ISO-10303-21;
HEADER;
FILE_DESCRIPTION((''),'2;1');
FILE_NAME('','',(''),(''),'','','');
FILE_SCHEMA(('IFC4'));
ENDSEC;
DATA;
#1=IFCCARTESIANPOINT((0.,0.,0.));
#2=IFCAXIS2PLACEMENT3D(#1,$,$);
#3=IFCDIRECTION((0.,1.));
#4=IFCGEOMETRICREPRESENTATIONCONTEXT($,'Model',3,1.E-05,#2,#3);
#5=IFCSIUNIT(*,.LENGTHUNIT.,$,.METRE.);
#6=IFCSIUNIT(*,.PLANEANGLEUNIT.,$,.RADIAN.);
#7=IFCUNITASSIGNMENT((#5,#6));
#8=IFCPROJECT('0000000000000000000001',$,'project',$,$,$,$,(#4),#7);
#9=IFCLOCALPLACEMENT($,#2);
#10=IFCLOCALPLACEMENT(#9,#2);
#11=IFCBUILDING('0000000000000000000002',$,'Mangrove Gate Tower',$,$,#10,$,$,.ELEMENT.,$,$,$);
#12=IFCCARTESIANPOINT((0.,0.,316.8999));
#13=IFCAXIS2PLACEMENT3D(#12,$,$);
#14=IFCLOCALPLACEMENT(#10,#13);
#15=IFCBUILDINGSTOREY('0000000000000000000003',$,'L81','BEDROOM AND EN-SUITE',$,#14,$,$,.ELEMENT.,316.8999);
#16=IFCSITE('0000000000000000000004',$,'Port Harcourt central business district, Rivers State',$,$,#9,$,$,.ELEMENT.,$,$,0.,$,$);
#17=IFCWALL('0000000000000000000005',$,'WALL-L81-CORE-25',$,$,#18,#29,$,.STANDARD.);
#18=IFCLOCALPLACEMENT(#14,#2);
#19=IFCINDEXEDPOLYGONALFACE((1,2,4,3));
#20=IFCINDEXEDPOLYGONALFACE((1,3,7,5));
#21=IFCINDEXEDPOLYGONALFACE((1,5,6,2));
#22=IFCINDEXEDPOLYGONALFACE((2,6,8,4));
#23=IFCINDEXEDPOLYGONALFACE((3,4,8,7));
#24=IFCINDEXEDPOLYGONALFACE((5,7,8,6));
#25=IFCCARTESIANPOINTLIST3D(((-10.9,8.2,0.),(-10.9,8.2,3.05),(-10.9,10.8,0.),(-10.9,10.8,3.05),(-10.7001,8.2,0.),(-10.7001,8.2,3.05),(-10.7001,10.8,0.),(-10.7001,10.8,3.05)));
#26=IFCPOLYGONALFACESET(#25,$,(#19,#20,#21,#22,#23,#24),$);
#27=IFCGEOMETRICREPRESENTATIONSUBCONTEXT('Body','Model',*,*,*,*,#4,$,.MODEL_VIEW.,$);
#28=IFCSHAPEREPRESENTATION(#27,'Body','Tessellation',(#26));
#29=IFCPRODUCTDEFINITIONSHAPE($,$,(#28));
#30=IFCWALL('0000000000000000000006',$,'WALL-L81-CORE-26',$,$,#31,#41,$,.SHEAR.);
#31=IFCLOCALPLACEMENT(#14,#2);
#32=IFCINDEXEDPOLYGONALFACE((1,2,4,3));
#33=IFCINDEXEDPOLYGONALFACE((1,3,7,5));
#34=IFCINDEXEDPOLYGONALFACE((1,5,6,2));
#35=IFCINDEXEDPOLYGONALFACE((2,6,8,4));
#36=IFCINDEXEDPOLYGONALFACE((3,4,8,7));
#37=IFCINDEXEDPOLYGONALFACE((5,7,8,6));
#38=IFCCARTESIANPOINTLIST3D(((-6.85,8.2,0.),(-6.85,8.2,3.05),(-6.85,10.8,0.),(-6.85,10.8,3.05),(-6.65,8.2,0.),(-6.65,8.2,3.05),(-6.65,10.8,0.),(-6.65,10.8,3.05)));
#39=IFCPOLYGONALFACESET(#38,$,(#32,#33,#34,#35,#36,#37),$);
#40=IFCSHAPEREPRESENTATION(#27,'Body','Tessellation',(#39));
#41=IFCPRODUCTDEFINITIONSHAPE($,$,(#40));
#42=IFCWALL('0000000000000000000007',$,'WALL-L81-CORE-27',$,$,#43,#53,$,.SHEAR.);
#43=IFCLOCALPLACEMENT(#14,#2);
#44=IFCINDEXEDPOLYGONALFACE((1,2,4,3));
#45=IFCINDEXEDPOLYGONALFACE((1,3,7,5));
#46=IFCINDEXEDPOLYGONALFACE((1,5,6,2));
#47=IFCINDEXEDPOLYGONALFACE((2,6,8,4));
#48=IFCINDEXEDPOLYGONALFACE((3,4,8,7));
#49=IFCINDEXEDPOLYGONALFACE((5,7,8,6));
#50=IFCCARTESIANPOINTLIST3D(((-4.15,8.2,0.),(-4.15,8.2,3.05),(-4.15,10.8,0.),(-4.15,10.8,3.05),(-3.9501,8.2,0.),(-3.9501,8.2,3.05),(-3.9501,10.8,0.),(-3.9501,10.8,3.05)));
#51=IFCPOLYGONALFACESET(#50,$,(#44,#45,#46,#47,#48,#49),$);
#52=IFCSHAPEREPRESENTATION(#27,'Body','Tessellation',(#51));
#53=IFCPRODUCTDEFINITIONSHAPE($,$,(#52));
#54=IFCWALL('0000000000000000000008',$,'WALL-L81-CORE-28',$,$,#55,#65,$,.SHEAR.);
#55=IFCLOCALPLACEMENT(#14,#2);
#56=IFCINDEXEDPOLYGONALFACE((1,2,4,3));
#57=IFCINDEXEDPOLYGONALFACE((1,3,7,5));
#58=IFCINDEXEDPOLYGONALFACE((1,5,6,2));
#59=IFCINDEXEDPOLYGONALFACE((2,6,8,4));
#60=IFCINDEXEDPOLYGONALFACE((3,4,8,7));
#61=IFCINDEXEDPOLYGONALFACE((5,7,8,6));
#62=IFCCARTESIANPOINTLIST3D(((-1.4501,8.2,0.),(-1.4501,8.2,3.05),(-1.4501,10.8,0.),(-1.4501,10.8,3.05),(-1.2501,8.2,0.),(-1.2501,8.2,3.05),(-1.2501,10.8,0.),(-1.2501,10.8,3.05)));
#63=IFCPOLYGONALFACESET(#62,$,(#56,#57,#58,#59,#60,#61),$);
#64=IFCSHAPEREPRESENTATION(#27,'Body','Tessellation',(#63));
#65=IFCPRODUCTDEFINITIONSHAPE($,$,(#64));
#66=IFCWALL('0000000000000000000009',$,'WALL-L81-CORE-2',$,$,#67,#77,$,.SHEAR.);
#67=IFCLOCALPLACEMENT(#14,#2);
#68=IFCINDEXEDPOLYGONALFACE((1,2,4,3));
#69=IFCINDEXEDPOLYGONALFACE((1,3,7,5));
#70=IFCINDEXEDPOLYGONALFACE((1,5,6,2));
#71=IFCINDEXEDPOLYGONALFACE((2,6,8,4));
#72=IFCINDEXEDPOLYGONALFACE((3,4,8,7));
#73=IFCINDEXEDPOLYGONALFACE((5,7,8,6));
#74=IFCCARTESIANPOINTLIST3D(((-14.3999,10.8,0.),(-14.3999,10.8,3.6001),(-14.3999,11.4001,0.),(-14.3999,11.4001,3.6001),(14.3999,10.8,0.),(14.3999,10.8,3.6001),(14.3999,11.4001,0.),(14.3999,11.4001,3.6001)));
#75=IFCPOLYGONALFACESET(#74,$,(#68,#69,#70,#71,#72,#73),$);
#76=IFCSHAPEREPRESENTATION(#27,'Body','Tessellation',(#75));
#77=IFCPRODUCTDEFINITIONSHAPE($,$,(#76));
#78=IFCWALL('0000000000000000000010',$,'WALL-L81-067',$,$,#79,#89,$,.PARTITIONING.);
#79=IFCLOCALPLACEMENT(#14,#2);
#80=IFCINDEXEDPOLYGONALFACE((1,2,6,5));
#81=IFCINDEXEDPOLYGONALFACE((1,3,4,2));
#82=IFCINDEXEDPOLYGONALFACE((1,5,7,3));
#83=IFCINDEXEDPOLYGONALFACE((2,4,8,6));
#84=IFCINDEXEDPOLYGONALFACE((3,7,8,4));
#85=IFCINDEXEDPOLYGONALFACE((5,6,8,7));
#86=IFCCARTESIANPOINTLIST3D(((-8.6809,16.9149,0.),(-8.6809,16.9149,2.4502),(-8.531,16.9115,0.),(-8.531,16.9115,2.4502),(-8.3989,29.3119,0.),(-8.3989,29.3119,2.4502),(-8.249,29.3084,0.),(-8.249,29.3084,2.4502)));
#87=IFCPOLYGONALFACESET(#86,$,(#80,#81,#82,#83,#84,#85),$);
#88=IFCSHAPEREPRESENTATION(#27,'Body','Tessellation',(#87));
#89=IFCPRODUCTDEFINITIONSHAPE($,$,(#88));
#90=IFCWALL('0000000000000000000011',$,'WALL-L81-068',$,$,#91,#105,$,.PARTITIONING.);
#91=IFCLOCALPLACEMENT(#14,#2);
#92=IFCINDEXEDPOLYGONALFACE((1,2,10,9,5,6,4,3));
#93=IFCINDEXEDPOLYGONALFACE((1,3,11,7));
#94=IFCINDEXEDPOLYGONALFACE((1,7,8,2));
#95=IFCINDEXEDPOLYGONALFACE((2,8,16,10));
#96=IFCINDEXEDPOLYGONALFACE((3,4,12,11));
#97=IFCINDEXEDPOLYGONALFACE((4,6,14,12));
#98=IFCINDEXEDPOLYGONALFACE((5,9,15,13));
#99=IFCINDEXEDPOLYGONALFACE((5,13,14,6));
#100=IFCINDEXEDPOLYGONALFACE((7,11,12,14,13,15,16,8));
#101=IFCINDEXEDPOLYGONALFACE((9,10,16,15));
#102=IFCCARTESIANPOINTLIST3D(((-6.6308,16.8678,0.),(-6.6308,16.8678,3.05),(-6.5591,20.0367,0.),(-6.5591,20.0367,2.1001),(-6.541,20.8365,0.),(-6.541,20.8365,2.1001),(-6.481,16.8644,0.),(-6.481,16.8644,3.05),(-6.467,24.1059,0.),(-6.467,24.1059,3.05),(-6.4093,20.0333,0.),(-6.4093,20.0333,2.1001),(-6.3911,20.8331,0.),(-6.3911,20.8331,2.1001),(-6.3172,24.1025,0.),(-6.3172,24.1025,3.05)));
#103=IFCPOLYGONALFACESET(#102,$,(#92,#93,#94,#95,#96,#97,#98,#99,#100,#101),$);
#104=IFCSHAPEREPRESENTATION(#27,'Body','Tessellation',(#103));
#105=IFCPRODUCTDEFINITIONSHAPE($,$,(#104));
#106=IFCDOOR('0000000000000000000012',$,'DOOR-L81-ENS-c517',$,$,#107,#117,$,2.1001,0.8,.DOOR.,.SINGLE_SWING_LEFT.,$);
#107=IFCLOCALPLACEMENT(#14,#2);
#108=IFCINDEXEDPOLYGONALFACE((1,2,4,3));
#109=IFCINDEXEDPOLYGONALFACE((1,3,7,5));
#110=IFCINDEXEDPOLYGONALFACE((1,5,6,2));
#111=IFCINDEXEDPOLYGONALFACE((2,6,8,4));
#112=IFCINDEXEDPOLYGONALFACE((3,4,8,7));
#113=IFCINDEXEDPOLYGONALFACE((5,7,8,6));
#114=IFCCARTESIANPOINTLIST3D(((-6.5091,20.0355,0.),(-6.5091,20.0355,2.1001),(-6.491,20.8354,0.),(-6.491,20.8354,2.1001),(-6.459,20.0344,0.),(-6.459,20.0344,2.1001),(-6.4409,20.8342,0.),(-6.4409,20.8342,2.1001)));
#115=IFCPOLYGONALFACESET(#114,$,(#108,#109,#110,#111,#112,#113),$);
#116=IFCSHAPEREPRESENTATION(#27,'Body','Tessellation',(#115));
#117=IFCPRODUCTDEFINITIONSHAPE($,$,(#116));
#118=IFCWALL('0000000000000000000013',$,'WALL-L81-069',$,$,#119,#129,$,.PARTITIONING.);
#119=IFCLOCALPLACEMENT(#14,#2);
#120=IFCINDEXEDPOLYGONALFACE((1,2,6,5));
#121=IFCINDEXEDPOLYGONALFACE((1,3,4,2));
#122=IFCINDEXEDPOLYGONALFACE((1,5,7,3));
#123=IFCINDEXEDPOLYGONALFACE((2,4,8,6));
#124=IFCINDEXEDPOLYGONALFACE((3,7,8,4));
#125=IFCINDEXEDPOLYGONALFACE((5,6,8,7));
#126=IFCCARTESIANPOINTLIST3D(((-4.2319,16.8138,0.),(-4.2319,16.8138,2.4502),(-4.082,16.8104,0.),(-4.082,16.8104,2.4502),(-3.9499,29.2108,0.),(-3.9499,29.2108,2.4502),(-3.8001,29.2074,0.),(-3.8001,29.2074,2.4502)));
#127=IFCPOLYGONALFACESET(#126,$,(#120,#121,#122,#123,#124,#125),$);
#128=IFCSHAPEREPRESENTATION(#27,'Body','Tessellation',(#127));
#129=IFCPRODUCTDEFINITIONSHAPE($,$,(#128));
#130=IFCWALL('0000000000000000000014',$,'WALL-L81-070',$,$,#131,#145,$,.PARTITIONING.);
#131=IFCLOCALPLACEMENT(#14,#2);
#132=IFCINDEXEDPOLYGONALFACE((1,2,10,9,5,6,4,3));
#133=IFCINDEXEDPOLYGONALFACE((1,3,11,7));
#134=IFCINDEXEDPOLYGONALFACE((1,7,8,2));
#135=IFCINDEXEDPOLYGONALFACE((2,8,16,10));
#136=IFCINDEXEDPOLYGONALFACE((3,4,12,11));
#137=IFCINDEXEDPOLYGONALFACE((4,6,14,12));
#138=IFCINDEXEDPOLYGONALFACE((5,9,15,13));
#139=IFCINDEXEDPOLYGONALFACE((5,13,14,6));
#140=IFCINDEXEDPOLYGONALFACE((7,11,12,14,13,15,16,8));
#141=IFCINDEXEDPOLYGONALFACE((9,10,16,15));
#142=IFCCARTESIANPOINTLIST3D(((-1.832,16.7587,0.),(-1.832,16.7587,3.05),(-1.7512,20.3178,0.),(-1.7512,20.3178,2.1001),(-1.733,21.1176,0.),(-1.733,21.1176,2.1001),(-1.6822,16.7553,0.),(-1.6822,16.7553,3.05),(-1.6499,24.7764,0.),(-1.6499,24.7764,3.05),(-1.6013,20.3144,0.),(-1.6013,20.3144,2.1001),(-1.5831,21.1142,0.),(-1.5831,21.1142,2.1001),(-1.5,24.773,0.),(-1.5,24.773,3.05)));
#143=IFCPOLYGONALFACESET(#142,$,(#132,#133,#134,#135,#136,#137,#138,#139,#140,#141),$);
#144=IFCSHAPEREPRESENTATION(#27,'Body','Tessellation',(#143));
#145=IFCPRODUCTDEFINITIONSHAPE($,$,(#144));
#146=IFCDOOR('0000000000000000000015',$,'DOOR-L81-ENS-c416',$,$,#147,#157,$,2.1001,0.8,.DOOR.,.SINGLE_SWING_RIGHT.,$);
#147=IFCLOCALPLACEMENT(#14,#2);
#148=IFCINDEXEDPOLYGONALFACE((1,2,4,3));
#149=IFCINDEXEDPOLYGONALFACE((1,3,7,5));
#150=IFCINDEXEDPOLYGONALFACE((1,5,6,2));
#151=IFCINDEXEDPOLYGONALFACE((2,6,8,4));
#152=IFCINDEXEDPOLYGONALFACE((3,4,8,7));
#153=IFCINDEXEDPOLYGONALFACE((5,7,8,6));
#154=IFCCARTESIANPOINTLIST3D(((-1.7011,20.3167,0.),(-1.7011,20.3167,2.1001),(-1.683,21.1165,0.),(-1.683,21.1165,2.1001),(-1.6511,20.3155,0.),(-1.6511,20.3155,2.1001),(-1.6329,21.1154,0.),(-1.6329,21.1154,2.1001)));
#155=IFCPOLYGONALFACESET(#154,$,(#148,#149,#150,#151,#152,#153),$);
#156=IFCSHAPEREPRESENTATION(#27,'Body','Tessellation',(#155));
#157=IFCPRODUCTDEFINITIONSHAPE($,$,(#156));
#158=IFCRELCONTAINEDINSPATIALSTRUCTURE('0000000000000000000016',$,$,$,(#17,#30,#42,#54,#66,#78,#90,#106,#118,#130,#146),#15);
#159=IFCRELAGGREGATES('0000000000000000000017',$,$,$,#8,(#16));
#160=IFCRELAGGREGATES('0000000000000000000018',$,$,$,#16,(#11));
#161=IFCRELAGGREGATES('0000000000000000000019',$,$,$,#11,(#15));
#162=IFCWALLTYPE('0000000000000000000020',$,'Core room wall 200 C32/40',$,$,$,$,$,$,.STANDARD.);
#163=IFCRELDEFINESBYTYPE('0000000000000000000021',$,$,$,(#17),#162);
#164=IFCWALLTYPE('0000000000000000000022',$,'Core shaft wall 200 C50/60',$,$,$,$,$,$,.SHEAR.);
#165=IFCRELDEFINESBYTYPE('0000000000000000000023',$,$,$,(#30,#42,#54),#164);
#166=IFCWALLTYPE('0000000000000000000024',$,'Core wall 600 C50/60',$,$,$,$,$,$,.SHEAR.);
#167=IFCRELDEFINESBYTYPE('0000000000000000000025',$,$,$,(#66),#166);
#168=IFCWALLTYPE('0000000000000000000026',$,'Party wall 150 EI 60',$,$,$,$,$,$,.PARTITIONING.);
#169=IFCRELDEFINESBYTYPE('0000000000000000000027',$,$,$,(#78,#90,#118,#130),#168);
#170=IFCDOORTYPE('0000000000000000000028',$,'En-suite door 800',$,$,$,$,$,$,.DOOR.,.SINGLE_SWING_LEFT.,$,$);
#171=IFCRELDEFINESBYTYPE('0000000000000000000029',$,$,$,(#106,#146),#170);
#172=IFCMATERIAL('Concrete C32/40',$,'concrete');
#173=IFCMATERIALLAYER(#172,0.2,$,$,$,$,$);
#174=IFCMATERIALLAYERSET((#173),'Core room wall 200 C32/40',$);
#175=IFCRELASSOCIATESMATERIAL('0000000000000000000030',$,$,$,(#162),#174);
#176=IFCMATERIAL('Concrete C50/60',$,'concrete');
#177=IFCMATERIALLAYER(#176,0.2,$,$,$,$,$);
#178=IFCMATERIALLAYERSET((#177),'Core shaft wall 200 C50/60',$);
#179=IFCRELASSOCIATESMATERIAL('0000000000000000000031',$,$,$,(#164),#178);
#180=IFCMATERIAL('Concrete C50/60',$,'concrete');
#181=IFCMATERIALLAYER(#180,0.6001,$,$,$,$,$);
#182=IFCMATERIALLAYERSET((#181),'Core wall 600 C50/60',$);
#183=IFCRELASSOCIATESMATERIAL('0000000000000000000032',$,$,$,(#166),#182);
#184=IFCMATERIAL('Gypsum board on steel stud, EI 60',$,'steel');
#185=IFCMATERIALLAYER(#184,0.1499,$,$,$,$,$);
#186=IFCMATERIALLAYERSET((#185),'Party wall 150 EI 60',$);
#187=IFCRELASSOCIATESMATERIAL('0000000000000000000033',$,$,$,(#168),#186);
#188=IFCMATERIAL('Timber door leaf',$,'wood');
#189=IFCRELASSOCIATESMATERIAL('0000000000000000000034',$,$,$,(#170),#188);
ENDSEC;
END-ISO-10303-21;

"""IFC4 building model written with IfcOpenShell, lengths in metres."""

from ifc_helpers import new_model, si_unit, direction, frame, frame_2d, origin, place, context, subcontext, project, spatial, rectangle, extrude, material, layer, layer_set, type_object, element, fill, save


model = new_model("IFC4")

# Units and contexts
model_context = context("Model", 3, precision=1e-05, world=origin(), true_north=direction((0.0, 1.0)))
body_context = subcontext(model_context, "Body", "Model", "MODEL_VIEW")
ifc_project = project(units=[si_unit("LENGTHUNIT", "METRE"), si_unit("PLANEANGLEUNIT", "RADIAN")], contexts=[model_context])

# Site, building, storey
site_placement = place(None, origin())
site = spatial("IfcSite", under=ifc_project, at=site_placement, Name="Port Harcourt central business district, Rivers State", CompositionType="ELEMENT", RefElevation=0.0)
building_placement = place(site_placement, origin())
building = spatial("IfcBuilding", under=site, at=building_placement, Name="Mangrove Gate Tower", CompositionType="ELEMENT")
storey_placement = place(building_placement, frame((0.0, 0.0, 316.8999)))
storey = spatial("IfcBuildingStorey", under=building, at=storey_placement, Name="L81", Description="BEDROOM AND EN-SUITE", CompositionType="ELEMENT", Elevation=316.8999)

# Walls
ifc_material_1 = material(Name="Concrete C32/40", Category="concrete")
ifc_layer_1 = layer(ifc_material_1, 0.2)
ifc_layer_set_1 = layer_set([ifc_layer_1], Name="Core room wall 200 C32/40")
wall_type_1 = type_object("IfcWallType", Name="Core room wall 200 C32/40", PredefinedType="STANDARD", material=ifc_layer_set_1)
wall_1_placement = place(storey_placement, frame((-10.8, 8.2, 0.0), z_axis=(0.0, 0.0, 1.0), x_axis=(0.0, 1.0, 0.0)))
element("IfcWall", 1, at=wall_1_placement, inside=storey, type_object=wall_type_1, Name="WALL-L81-CORE-25", PredefinedType="STANDARD", context=body_context, shape_type="SweptSolid", body=[
    extrude(rectangle(XDim=2.6001, YDim=0.2, at=frame_2d((1.3, 0.0))), origin(), (0.0, 0.0, 1.0), 3.05),
])
ifc_material_2 = material(Name="Concrete C50/60", Category="concrete")
ifc_layer_2 = layer(ifc_material_2, 0.2)
ifc_layer_set_2 = layer_set([ifc_layer_2], Name="Core shaft wall 200 C50/60")
wall_type_2 = type_object("IfcWallType", Name="Core shaft wall 200 C50/60", PredefinedType="SHEAR", material=ifc_layer_set_2)
for number, where, z_axis, x_axis, name in (
    (2, (-6.75, 8.2, 0.0), (0.0, 0.0, 1.0), (0.0, 1.0, 0.0), "WALL-L81-CORE-26"),
    (3, (-4.05, 8.2, 0.0), (0.0, 0.0, 1.0), (0.0, 1.0, 0.0), "WALL-L81-CORE-27"),
    (4, (-1.3501, 8.2, 0.0), (0.0, 0.0, 1.0), (0.0, 1.0, 0.0), "WALL-L81-CORE-28"),
):
    element("IfcWall", number, at=place(storey_placement, frame(where, z_axis=z_axis, x_axis=x_axis)), inside=storey, type_object=wall_type_2, Name=name, PredefinedType="SHEAR", context=body_context, shape_type="SweptSolid", body=[
        extrude(rectangle(XDim=2.6001, YDim=0.2, at=frame_2d((1.3, 0.0))), origin(), (0.0, 0.0, 1.0), 3.05),
    ])
ifc_material_3 = material(Name="Concrete C50/60", Category="concrete")
ifc_layer_3 = layer(ifc_material_3, 0.6001)
ifc_layer_set_3 = layer_set([ifc_layer_3], Name="Core wall 600 C50/60")
wall_type_3 = type_object("IfcWallType", Name="Core wall 600 C50/60", PredefinedType="SHEAR", material=ifc_layer_set_3)
wall_2_placement = place(storey_placement, frame((-14.3999, 11.1001, 0.0), z_axis=(0.0, 0.0, 1.0), x_axis=(1.0, 0.0, 0.0)))
element("IfcWall", 5, at=wall_2_placement, inside=storey, type_object=wall_type_3, Name="WALL-L81-CORE-2", PredefinedType="SHEAR", context=body_context, shape_type="SweptSolid", body=[
    extrude(rectangle(XDim=28.7998, YDim=0.6001, at=frame_2d((14.3999, 0.0))), origin(), (0.0, 0.0, 1.0), 3.6001),
])
ifc_material_4 = material(Name="Gypsum board on steel stud, EI 60", Category="steel")
ifc_layer_4 = layer(ifc_material_4, 0.1499)
ifc_layer_set_4 = layer_set([ifc_layer_4], Name="Party wall 150 EI 60")
wall_type_4 = type_object("IfcWallType", Name="Party wall 150 EI 60", PredefinedType="PARTITIONING", material=ifc_layer_set_4)
wall_3_placement = place(storey_placement, frame((-8.606, 16.9131, 0.0), z_axis=(0.0, 0.0, 1.0), x_axis=(0.02274, 0.999741, 0.0)))
element("IfcWall", 6, at=wall_3_placement, inside=storey, type_object=wall_type_4, Name="WALL-L81-067", PredefinedType="PARTITIONING", context=body_context, shape_type="SweptSolid", body=[
    extrude(rectangle(XDim=12.4001, YDim=0.1499, at=frame_2d((6.2002, 0.0))), origin(), (0.0, 0.0, 1.0), 2.4502),
])

# Wall, opening, door
wall_4_placement = place(storey_placement, frame((-6.5559, 16.866, 0.0), z_axis=(0.0, 0.0, 1.0), x_axis=(0.022627, 0.999744, 0.0)))
wall_4 = element("IfcWall", 7, at=wall_4_placement, inside=storey, type_object=wall_type_4, Name="WALL-L81-068", PredefinedType="PARTITIONING", context=body_context, shape_type="SweptSolid", body=[
    extrude(rectangle(XDim=7.24, YDim=0.1499, at=frame_2d((3.6201, 0.0))), origin(), (0.0, 0.0, 1.0), 3.05),
])
opening_1_placement = place(wall_4_placement, frame((3.1699, 0.0, 0.0)))
opening_1 = element("IfcOpeningElement", 8, at=opening_1_placement, cuts=wall_4, PredefinedType="OPENING", context=body_context, shape_type="SweptSolid", body=[
    extrude(rectangle(XDim=0.8, YDim=2.1001, at=frame_2d((0.3999, 1.05))), frame((0.0, 0.085, 0.0), z_axis=(0.0, -1.0, 0.0), x_axis=(1.0, 0.0, 0.0)), (0.0, 0.0, 1.0), 0.1699),
])
ifc_material_5 = material(Name="Timber door leaf", Category="wood")
door_type = type_object("IfcDoorType", Name="En-suite door 800", OperationType="SINGLE_SWING_LEFT", PredefinedType="DOOR", material=ifc_material_5)
door_1_placement = place(opening_1_placement, origin())
door_1 = element("IfcDoor", 9, at=door_1_placement, inside=storey, type_object=door_type, Name="DOOR-L81-ENS-c517", OperationType="SINGLE_SWING_LEFT", OverallHeight=2.1001, OverallWidth=0.8, PredefinedType="DOOR", context=body_context, shape_type="SweptSolid", body=[
    extrude(rectangle(XDim=0.8, YDim=2.1001, at=frame_2d((0.3999, 1.05))), frame((0.0, 0.0249, 0.0), z_axis=(0.0, -1.0, 0.0), x_axis=(1.0, 0.0, 0.0)), (0.0, 0.0, 1.0), 0.05),
])
fill(opening_1, door_1)

# Wall
wall_5_placement = place(storey_placement, frame((-4.157, 16.812, 0.0), z_axis=(0.0, 0.0, 1.0), x_axis=(0.02274, 0.999741, 0.0)))
element("IfcWall", 10, at=wall_5_placement, inside=storey, type_object=wall_type_4, Name="WALL-L81-069", PredefinedType="PARTITIONING", context=body_context, shape_type="SweptSolid", body=[
    extrude(rectangle(XDim=12.4001, YDim=0.1499, at=frame_2d((6.2002, 0.0))), origin(), (0.0, 0.0, 1.0), 2.4502),
])

# Wall, opening, door
wall_6_placement = place(storey_placement, frame((-1.7571, 16.7571, 0.0), z_axis=(0.0, 0.0, 1.0), x_axis=(0.02271, 0.999742, 0.0)))
wall_6 = element("IfcWall", 11, at=wall_6_placement, inside=storey, type_object=wall_type_4, Name="WALL-L81-070", PredefinedType="PARTITIONING", context=body_context, shape_type="SweptSolid", body=[
    extrude(rectangle(XDim=8.0198, YDim=0.1499, at=frame_2d((4.0098, 0.0))), origin(), (0.0, 0.0, 1.0), 3.05),
])
opening_2_placement = place(wall_6_placement, frame((3.5601, 0.0, 0.0)))
opening_2 = element("IfcOpeningElement", 12, at=opening_2_placement, cuts=wall_6, PredefinedType="OPENING", context=body_context, shape_type="SweptSolid", body=[
    extrude(rectangle(XDim=0.8, YDim=2.1001, at=frame_2d((0.3999, 1.05))), frame((0.0, 0.085, 0.0), z_axis=(0.0, -1.0, 0.0), x_axis=(1.0, 0.0, 0.0)), (0.0, 0.0, 1.0), 0.1699),
])
door_2_placement = place(opening_2_placement, origin())
door_2 = element("IfcDoor", 13, at=door_2_placement, inside=storey, type_object=door_type, Name="DOOR-L81-ENS-c416", OperationType="SINGLE_SWING_RIGHT", OverallHeight=2.1001, OverallWidth=0.8, PredefinedType="DOOR", context=body_context, shape_type="SweptSolid", body=[
    extrude(rectangle(XDim=0.8, YDim=2.1001, at=frame_2d((0.3999, 1.05))), frame((0.0, 0.0249, 0.0), z_axis=(0.0, -1.0, 0.0), x_axis=(1.0, 0.0, 0.0)), (0.0, 0.0, 1.0), 0.05),
])
fill(opening_2, door_2)

save(model, "model.ifc")
